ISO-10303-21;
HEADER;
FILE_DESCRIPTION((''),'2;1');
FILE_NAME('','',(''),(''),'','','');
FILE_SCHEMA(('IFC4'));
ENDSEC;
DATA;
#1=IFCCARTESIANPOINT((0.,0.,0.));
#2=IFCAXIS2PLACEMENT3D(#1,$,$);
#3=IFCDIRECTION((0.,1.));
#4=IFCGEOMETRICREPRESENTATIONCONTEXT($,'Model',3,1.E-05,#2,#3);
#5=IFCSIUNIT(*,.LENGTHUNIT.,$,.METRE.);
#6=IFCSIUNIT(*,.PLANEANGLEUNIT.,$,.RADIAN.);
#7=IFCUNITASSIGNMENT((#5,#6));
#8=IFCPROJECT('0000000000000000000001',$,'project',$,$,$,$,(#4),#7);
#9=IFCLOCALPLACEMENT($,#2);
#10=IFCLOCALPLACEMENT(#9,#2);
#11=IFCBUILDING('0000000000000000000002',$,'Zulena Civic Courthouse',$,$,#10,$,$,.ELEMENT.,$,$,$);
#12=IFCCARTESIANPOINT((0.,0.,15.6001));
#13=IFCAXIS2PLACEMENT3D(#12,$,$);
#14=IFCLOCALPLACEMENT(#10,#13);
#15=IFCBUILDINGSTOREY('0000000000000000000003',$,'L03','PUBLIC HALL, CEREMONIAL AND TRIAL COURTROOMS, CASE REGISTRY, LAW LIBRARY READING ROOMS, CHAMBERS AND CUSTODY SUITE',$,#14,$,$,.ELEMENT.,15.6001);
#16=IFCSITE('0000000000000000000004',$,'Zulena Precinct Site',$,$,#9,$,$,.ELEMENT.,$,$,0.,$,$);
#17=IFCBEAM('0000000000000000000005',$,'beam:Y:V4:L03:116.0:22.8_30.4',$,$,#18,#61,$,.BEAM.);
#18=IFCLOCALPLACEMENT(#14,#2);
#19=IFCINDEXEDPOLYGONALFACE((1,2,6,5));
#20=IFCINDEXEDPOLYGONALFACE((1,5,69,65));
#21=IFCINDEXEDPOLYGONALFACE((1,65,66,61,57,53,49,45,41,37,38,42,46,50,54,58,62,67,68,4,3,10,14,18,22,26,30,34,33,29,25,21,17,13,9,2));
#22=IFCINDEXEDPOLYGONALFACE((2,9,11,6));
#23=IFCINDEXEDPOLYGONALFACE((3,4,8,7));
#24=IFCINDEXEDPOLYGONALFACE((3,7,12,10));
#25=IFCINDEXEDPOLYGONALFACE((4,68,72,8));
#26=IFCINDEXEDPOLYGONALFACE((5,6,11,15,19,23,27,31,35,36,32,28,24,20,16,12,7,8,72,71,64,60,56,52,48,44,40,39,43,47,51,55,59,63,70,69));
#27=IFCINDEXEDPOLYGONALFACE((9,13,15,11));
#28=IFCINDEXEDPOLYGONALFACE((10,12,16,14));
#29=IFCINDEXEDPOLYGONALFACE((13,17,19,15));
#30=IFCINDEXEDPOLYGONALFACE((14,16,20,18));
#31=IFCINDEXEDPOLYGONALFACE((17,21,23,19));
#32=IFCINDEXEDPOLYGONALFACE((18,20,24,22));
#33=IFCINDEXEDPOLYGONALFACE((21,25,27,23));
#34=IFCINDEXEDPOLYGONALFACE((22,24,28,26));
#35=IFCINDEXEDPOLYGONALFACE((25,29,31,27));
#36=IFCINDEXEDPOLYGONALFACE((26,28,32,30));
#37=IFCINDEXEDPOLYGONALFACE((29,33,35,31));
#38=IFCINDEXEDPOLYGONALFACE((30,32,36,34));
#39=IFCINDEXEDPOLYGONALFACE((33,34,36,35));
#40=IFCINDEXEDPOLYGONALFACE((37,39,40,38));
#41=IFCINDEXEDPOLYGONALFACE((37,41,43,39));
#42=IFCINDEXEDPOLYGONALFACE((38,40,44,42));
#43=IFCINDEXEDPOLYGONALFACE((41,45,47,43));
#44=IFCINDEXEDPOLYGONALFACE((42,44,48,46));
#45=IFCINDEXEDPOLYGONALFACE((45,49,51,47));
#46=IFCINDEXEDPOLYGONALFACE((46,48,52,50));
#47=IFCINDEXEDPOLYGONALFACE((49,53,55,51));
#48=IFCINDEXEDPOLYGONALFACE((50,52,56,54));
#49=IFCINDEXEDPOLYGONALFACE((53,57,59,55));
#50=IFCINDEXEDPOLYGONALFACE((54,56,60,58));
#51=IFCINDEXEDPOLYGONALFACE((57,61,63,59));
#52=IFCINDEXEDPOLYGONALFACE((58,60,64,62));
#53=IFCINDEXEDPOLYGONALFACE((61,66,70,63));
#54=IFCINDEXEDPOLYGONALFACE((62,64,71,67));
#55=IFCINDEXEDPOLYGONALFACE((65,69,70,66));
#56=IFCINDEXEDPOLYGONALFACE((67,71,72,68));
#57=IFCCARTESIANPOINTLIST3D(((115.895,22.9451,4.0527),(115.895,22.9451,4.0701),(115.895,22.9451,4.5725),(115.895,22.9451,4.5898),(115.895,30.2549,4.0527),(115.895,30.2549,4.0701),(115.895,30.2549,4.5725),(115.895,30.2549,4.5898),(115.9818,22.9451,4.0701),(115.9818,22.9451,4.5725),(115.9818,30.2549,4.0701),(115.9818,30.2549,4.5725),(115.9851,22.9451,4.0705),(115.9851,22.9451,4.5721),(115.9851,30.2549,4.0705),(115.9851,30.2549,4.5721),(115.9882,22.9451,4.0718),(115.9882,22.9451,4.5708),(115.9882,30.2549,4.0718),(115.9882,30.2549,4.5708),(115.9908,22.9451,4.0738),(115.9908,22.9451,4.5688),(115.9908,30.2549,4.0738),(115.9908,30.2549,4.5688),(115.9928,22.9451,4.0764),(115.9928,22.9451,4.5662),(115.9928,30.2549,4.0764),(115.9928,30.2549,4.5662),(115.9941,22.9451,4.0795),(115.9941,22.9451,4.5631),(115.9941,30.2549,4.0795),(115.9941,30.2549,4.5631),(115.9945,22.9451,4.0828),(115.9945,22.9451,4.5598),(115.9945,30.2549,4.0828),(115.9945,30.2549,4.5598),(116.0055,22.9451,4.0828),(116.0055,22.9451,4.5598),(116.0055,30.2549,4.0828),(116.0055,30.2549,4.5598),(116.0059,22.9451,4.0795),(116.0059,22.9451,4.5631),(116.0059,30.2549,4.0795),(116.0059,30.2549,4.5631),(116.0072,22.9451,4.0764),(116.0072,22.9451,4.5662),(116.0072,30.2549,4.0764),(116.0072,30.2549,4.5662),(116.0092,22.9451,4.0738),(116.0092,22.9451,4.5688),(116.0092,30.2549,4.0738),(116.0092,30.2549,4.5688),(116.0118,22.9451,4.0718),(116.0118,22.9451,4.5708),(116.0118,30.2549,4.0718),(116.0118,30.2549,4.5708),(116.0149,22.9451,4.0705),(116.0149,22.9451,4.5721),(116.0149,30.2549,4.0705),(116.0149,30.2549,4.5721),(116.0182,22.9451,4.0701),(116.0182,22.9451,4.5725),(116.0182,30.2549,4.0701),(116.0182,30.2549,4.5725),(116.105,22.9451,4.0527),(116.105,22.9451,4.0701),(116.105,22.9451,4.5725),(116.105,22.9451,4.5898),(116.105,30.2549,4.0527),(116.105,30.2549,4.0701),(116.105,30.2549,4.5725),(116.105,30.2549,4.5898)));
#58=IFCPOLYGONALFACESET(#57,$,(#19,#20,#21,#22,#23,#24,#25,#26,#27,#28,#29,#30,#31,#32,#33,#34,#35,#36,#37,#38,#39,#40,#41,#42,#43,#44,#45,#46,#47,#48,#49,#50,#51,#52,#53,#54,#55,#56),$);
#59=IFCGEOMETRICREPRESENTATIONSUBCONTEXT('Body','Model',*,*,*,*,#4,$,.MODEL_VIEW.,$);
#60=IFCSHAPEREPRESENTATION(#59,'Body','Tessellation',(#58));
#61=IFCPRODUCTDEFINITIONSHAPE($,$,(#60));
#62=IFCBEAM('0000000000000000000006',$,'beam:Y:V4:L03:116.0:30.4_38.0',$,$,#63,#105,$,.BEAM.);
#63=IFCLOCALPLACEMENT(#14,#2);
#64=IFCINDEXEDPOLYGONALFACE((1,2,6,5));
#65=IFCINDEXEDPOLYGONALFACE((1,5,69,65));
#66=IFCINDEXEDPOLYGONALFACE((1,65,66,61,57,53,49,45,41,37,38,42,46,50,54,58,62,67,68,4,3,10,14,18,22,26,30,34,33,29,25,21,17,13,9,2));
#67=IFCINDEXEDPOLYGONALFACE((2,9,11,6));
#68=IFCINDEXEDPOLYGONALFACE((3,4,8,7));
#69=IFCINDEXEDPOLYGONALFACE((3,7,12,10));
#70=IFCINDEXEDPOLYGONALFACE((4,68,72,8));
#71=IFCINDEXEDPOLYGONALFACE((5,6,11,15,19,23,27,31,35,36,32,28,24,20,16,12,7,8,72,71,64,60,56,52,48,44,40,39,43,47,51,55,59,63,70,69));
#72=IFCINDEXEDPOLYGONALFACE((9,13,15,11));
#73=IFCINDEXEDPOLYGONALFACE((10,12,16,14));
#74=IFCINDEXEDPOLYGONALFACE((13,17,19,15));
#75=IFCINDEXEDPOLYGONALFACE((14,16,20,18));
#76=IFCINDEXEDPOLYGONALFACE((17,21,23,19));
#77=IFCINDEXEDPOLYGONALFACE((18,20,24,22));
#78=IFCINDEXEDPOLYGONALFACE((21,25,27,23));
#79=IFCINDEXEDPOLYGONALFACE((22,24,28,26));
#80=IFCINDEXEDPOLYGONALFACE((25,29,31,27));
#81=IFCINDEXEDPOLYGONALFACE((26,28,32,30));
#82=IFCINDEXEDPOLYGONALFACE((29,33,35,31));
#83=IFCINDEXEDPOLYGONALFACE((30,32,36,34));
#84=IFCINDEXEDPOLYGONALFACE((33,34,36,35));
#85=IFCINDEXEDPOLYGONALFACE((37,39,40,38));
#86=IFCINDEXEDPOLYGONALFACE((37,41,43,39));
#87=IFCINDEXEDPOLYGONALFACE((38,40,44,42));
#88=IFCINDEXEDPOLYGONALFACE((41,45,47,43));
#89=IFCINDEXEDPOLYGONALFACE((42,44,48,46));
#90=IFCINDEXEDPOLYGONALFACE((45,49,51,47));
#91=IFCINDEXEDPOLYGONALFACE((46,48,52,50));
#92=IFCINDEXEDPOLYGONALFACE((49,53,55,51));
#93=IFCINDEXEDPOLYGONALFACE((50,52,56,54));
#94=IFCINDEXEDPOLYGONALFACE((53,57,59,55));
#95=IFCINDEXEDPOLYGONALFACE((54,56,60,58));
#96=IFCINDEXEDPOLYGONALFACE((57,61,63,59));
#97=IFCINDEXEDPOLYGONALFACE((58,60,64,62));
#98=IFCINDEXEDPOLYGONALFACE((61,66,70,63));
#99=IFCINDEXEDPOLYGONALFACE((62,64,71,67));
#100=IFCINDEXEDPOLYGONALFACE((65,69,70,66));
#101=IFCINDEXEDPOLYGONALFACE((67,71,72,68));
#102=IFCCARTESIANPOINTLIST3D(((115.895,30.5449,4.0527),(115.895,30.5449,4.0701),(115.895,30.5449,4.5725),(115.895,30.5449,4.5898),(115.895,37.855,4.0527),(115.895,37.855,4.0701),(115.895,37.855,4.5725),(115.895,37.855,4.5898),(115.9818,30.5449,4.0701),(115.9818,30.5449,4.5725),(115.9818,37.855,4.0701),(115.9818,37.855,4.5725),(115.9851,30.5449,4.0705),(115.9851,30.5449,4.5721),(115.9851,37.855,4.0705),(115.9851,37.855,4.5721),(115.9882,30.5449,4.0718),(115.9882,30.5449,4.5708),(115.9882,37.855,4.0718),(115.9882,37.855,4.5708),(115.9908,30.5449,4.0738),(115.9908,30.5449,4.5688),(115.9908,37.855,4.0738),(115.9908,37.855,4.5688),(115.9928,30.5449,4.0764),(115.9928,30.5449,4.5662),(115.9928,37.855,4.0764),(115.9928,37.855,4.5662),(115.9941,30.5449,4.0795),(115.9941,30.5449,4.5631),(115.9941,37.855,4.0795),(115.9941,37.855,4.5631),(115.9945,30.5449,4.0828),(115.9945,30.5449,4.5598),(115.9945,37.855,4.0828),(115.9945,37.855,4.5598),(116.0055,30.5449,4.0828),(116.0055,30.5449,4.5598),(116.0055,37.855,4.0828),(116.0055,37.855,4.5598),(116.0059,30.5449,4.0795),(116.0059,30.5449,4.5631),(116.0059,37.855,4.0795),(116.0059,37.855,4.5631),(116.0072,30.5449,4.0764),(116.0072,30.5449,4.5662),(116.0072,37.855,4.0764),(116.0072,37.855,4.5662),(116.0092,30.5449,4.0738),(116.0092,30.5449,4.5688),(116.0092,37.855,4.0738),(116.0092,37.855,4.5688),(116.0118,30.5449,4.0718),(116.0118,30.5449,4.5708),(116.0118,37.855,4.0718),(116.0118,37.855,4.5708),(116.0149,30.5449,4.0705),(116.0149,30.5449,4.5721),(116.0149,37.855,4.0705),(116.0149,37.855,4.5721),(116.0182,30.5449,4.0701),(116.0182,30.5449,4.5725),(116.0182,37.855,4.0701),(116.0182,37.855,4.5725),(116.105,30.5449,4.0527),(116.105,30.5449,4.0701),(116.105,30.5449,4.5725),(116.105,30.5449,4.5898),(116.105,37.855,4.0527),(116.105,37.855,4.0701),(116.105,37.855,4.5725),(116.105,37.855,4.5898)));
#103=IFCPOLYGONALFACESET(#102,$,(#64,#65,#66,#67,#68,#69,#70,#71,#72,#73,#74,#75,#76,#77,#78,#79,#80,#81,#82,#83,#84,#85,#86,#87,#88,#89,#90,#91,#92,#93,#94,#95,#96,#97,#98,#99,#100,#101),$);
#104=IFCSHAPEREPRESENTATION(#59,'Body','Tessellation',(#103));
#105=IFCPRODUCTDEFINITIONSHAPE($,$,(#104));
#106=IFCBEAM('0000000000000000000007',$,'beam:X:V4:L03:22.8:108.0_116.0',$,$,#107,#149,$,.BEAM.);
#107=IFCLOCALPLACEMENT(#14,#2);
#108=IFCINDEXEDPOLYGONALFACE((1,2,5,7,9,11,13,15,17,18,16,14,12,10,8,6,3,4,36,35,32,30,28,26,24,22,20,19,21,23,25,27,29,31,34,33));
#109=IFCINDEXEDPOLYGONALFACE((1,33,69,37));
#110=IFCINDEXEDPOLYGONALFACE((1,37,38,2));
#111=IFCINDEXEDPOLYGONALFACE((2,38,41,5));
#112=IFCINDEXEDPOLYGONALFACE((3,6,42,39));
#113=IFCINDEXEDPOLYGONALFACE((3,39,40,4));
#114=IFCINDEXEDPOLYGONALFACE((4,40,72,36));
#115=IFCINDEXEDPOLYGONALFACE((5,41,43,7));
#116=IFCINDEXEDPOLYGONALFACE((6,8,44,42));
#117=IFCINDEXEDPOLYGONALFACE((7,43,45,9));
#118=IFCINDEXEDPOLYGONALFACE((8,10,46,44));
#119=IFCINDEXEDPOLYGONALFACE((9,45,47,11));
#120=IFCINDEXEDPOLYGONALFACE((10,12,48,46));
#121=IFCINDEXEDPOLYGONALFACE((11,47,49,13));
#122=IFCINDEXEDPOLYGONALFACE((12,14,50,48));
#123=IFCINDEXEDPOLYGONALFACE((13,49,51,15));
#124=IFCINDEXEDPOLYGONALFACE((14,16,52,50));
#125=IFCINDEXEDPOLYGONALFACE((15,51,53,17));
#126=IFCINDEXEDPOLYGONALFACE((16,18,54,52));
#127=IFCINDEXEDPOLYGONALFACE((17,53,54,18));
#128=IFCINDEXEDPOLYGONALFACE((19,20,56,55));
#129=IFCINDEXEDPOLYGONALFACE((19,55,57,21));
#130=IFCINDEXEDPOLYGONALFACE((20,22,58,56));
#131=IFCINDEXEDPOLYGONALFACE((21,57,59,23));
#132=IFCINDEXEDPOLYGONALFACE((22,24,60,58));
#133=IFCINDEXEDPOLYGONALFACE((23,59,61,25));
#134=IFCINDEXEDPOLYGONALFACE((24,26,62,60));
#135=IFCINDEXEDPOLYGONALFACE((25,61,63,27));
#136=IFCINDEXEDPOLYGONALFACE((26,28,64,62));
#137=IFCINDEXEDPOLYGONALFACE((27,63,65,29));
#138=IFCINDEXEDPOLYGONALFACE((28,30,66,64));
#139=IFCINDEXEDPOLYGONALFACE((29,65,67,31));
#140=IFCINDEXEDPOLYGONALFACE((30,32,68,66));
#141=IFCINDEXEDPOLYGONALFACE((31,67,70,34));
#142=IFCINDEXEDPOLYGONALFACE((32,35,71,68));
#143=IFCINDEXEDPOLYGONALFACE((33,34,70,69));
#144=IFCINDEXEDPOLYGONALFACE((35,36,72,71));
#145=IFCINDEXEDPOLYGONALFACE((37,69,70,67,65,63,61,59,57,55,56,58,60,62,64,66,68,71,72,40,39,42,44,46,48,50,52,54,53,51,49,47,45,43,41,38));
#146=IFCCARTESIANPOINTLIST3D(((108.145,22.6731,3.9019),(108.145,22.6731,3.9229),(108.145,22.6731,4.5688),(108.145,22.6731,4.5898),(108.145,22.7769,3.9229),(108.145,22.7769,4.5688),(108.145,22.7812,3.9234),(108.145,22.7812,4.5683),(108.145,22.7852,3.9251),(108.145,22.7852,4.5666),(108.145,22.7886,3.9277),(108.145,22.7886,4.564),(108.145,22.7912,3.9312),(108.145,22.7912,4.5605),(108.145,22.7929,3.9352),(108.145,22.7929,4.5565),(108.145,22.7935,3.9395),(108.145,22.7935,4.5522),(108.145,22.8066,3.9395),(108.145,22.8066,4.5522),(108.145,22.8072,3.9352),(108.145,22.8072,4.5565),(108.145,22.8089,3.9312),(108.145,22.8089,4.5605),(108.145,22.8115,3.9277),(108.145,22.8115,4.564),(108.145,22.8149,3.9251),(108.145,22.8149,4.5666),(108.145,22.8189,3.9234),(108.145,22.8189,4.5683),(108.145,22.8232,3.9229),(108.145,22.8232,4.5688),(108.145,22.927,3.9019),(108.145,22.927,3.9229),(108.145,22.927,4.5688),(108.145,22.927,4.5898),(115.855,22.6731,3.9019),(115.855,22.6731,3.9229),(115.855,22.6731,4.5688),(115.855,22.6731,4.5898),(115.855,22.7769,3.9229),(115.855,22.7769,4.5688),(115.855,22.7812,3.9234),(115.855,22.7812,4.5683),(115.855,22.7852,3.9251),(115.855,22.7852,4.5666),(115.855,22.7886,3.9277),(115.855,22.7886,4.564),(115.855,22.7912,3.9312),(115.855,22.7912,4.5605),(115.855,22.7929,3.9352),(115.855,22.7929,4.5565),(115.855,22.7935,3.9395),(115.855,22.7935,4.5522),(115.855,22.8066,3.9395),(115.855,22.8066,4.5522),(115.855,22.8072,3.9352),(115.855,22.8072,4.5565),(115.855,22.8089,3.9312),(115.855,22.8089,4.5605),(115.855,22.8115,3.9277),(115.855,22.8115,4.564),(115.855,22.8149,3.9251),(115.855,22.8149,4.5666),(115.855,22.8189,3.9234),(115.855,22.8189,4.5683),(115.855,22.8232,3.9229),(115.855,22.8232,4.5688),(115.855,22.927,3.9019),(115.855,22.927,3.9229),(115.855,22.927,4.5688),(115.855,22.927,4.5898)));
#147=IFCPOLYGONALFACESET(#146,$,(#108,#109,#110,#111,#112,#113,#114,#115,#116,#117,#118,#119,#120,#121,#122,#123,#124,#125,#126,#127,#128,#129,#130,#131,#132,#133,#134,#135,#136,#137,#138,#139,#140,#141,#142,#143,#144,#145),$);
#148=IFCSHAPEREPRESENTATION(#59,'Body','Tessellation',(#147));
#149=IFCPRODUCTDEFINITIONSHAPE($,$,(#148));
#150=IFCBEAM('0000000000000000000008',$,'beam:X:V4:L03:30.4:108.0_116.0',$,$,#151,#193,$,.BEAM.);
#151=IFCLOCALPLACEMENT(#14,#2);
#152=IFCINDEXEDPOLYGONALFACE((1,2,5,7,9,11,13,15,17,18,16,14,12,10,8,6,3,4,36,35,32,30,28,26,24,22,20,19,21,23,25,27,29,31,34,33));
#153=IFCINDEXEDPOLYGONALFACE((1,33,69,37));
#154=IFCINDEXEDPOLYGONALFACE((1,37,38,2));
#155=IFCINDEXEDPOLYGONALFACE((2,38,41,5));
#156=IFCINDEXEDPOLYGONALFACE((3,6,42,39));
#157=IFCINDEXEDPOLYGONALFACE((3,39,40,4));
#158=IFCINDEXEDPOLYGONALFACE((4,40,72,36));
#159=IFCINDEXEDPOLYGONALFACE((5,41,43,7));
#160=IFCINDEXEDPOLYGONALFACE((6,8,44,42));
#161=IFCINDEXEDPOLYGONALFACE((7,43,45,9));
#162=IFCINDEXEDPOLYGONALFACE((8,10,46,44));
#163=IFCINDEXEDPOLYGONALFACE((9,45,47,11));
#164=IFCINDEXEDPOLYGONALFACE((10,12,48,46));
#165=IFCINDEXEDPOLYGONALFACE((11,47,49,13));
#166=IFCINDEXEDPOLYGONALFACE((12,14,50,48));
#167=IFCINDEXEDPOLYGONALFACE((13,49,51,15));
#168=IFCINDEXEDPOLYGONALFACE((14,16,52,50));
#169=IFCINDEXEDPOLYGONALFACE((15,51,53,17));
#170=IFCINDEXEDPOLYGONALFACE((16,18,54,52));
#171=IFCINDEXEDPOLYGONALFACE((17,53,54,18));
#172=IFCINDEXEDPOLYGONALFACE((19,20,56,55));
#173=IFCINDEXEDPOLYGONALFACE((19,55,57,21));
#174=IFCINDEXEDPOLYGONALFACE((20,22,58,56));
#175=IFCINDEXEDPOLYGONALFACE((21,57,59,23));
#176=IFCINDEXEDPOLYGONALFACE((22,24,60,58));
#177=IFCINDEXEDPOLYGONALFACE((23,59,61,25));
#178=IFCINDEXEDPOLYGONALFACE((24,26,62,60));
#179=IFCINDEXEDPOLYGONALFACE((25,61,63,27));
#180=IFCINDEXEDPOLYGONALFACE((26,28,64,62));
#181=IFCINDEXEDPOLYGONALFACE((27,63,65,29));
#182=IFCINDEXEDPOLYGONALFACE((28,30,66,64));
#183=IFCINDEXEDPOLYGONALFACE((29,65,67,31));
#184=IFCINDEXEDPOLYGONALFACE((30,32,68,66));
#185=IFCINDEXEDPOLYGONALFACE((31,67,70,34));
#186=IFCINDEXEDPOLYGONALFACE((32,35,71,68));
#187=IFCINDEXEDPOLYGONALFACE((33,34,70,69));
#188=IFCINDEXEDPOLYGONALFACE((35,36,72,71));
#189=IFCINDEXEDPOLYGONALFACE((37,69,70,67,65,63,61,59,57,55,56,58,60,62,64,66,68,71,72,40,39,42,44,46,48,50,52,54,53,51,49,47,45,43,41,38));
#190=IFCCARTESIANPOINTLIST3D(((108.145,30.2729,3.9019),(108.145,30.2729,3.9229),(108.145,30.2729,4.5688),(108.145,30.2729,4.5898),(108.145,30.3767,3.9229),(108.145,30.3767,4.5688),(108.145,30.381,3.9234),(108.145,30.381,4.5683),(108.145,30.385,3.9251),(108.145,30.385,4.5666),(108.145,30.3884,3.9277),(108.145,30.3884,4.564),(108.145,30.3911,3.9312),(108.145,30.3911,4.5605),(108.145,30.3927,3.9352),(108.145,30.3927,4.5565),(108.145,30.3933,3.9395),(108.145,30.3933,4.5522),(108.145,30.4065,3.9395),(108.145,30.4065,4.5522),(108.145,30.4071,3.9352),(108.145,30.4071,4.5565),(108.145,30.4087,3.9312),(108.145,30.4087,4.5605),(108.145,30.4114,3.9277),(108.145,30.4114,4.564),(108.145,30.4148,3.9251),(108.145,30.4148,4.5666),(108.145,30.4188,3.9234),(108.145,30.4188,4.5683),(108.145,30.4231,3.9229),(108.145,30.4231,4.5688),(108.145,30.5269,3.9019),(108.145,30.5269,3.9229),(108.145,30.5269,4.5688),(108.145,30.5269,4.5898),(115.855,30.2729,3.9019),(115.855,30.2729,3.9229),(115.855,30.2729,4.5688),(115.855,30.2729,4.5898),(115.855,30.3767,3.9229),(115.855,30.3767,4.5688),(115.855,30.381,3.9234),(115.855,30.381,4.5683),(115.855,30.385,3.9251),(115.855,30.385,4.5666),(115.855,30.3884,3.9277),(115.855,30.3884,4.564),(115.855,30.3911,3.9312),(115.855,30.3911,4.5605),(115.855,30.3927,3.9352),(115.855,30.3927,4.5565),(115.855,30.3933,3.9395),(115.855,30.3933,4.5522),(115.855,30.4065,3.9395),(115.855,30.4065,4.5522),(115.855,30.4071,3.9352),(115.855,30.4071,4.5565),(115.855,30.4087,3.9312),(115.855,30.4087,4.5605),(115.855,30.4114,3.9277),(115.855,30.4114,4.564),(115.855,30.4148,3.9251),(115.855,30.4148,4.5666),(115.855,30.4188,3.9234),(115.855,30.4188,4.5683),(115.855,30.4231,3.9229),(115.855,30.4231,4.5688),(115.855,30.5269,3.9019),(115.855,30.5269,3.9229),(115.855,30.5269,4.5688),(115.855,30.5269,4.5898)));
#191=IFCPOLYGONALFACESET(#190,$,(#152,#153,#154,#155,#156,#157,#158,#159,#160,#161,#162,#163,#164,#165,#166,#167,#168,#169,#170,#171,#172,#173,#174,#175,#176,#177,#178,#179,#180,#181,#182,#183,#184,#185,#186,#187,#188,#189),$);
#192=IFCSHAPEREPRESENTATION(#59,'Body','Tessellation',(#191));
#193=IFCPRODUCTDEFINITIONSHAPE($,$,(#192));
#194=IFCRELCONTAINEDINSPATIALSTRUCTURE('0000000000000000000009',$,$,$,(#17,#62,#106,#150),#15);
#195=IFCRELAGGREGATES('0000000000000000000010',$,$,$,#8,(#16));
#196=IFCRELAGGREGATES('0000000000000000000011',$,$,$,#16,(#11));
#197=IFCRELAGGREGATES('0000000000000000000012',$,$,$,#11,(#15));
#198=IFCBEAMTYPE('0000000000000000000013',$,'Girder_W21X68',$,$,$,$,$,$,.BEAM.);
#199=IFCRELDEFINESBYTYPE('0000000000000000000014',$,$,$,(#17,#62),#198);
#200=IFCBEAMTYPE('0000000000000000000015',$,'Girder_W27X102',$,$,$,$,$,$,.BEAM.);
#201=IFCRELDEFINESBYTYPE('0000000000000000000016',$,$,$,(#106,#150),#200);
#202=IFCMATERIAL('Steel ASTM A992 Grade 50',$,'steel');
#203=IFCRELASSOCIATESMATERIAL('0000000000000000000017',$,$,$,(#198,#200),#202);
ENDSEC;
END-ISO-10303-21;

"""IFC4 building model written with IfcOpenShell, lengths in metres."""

from ifc_helpers import new_model, si_unit, direction, frame, origin, origin_2d, place, context, subcontext, project, spatial, i_section, extrude, material, material_profile, profile_set, type_object, element, save


model = new_model("IFC4")

# Units and contexts
model_context = context("Model", 3, precision=1e-05, world=origin(), true_north=direction((0.0, 1.0)))
body_context = subcontext(model_context, "Body", "Model", "MODEL_VIEW")
ifc_project = project(units=[si_unit("LENGTHUNIT", "METRE"), si_unit("PLANEANGLEUNIT", "RADIAN")], contexts=[model_context])

# Site, building, storey
site_placement = place(None, origin())
site = spatial("IfcSite", under=ifc_project, at=site_placement, Name="Zulena Precinct Site", CompositionType="ELEMENT", RefElevation=0.0)
building_placement = place(site_placement, origin())
building = spatial("IfcBuilding", under=site, at=building_placement, Name="Zulena Civic Courthouse", CompositionType="ELEMENT")
storey_placement = place(building_placement, frame((0.0, 0.0, 15.6001)))
storey = spatial("IfcBuildingStorey", under=building, at=storey_placement, Name="L03", Description="PUBLIC HALL, CEREMONIAL AND TRIAL COURTROOMS, CASE REGISTRY, LAW LIBRARY READING ROOMS, CHAMBERS AND CUSTODY SUITE", CompositionType="ELEMENT", Elevation=15.6001)

# Shared definitions
ifc_material_1 = material(Name="Steel ASTM A992 Grade 50", Category="steel")

# Beams
ifc_material_profile_1 = material_profile(ifc_material_1, i_section(OverallWidth=0.21, OverallDepth=0.5371, WebThickness=0.011, FlangeThickness=0.0173, FilletRadius=0.0127, at=origin_2d()), Name="W21X68")
ifc_profile_set_1 = profile_set([ifc_material_profile_1], Name="Steel ASTM A992 Grade 50")
beam_type_1 = type_object("IfcBeamType", Name="Girder_W21X68", PredefinedType="BEAM", material=ifc_profile_set_1)
beam_1_placement = place(storey_placement, frame((116.0, 22.9451, 4.3213), z_axis=(0.0, 1.0, 0.0), x_axis=(-1.0, 0.0, 0.0)))
element("IfcBeam", 1, at=beam_1_placement, inside=storey, type_object=beam_type_1, Name="beam:Y:V4:L03:116.0:22.8_30.4", PredefinedType="BEAM", context=body_context, shape_type="SweptSolid", body=[
    extrude(i_section(OverallWidth=0.21, OverallDepth=0.5371, WebThickness=0.011, FlangeThickness=0.0173, FilletRadius=0.0127, at=origin_2d()), origin(), (0.0, 0.0, 1.0), 7.3098),
])
beam_2_placement = place(storey_placement, frame((116.0, 30.5449, 4.3213), z_axis=(0.0, 1.0, 0.0), x_axis=(-1.0, 0.0, 0.0)))
element("IfcBeam", 2, at=beam_2_placement, inside=storey, type_object=beam_type_1, Name="beam:Y:V4:L03:116.0:30.4_38.0", PredefinedType="BEAM", context=body_context, shape_type="SweptSolid", body=[
    extrude(i_section(OverallWidth=0.21, OverallDepth=0.5371, WebThickness=0.011, FlangeThickness=0.0173, FilletRadius=0.0127, at=origin_2d()), origin(), (0.0, 0.0, 1.0), 7.3101),
])
ifc_material_profile_2 = material_profile(ifc_material_1, i_section(OverallWidth=0.2539, OverallDepth=0.688, WebThickness=0.0132, FlangeThickness=0.021, FilletRadius=0.0166, at=origin_2d()), Name="W27X102")
ifc_profile_set_2 = profile_set([ifc_material_profile_2], Name="Steel ASTM A992 Grade 50")
beam_type_2 = type_object("IfcBeamType", Name="Girder_W27X102", PredefinedType="BEAM", material=ifc_profile_set_2)
for number, where, z_axis, x_axis, name in (
    (3, (108.145, 22.8, 4.2458), (1.0, 0.0, 0.0), (0.0, 1.0, 0.0), "beam:X:V4:L03:22.8:108.0_116.0"),
    (4, (108.145, 30.3999, 4.2458), (1.0, 0.0, 0.0), (0.0, 1.0, 0.0), "beam:X:V4:L03:30.4:108.0_116.0"),
):
    element("IfcBeam", number, at=place(storey_placement, frame(where, z_axis=z_axis, x_axis=x_axis)), inside=storey, type_object=beam_type_2, Name=name, PredefinedType="BEAM", context=body_context, shape_type="SweptSolid", body=[
        extrude(i_section(OverallWidth=0.2539, OverallDepth=0.688, WebThickness=0.0132, FlangeThickness=0.021, FilletRadius=0.0166, at=origin_2d()), origin(), (0.0, 0.0, 1.0), 7.71),
    ])

save(model, "model.ifc")
